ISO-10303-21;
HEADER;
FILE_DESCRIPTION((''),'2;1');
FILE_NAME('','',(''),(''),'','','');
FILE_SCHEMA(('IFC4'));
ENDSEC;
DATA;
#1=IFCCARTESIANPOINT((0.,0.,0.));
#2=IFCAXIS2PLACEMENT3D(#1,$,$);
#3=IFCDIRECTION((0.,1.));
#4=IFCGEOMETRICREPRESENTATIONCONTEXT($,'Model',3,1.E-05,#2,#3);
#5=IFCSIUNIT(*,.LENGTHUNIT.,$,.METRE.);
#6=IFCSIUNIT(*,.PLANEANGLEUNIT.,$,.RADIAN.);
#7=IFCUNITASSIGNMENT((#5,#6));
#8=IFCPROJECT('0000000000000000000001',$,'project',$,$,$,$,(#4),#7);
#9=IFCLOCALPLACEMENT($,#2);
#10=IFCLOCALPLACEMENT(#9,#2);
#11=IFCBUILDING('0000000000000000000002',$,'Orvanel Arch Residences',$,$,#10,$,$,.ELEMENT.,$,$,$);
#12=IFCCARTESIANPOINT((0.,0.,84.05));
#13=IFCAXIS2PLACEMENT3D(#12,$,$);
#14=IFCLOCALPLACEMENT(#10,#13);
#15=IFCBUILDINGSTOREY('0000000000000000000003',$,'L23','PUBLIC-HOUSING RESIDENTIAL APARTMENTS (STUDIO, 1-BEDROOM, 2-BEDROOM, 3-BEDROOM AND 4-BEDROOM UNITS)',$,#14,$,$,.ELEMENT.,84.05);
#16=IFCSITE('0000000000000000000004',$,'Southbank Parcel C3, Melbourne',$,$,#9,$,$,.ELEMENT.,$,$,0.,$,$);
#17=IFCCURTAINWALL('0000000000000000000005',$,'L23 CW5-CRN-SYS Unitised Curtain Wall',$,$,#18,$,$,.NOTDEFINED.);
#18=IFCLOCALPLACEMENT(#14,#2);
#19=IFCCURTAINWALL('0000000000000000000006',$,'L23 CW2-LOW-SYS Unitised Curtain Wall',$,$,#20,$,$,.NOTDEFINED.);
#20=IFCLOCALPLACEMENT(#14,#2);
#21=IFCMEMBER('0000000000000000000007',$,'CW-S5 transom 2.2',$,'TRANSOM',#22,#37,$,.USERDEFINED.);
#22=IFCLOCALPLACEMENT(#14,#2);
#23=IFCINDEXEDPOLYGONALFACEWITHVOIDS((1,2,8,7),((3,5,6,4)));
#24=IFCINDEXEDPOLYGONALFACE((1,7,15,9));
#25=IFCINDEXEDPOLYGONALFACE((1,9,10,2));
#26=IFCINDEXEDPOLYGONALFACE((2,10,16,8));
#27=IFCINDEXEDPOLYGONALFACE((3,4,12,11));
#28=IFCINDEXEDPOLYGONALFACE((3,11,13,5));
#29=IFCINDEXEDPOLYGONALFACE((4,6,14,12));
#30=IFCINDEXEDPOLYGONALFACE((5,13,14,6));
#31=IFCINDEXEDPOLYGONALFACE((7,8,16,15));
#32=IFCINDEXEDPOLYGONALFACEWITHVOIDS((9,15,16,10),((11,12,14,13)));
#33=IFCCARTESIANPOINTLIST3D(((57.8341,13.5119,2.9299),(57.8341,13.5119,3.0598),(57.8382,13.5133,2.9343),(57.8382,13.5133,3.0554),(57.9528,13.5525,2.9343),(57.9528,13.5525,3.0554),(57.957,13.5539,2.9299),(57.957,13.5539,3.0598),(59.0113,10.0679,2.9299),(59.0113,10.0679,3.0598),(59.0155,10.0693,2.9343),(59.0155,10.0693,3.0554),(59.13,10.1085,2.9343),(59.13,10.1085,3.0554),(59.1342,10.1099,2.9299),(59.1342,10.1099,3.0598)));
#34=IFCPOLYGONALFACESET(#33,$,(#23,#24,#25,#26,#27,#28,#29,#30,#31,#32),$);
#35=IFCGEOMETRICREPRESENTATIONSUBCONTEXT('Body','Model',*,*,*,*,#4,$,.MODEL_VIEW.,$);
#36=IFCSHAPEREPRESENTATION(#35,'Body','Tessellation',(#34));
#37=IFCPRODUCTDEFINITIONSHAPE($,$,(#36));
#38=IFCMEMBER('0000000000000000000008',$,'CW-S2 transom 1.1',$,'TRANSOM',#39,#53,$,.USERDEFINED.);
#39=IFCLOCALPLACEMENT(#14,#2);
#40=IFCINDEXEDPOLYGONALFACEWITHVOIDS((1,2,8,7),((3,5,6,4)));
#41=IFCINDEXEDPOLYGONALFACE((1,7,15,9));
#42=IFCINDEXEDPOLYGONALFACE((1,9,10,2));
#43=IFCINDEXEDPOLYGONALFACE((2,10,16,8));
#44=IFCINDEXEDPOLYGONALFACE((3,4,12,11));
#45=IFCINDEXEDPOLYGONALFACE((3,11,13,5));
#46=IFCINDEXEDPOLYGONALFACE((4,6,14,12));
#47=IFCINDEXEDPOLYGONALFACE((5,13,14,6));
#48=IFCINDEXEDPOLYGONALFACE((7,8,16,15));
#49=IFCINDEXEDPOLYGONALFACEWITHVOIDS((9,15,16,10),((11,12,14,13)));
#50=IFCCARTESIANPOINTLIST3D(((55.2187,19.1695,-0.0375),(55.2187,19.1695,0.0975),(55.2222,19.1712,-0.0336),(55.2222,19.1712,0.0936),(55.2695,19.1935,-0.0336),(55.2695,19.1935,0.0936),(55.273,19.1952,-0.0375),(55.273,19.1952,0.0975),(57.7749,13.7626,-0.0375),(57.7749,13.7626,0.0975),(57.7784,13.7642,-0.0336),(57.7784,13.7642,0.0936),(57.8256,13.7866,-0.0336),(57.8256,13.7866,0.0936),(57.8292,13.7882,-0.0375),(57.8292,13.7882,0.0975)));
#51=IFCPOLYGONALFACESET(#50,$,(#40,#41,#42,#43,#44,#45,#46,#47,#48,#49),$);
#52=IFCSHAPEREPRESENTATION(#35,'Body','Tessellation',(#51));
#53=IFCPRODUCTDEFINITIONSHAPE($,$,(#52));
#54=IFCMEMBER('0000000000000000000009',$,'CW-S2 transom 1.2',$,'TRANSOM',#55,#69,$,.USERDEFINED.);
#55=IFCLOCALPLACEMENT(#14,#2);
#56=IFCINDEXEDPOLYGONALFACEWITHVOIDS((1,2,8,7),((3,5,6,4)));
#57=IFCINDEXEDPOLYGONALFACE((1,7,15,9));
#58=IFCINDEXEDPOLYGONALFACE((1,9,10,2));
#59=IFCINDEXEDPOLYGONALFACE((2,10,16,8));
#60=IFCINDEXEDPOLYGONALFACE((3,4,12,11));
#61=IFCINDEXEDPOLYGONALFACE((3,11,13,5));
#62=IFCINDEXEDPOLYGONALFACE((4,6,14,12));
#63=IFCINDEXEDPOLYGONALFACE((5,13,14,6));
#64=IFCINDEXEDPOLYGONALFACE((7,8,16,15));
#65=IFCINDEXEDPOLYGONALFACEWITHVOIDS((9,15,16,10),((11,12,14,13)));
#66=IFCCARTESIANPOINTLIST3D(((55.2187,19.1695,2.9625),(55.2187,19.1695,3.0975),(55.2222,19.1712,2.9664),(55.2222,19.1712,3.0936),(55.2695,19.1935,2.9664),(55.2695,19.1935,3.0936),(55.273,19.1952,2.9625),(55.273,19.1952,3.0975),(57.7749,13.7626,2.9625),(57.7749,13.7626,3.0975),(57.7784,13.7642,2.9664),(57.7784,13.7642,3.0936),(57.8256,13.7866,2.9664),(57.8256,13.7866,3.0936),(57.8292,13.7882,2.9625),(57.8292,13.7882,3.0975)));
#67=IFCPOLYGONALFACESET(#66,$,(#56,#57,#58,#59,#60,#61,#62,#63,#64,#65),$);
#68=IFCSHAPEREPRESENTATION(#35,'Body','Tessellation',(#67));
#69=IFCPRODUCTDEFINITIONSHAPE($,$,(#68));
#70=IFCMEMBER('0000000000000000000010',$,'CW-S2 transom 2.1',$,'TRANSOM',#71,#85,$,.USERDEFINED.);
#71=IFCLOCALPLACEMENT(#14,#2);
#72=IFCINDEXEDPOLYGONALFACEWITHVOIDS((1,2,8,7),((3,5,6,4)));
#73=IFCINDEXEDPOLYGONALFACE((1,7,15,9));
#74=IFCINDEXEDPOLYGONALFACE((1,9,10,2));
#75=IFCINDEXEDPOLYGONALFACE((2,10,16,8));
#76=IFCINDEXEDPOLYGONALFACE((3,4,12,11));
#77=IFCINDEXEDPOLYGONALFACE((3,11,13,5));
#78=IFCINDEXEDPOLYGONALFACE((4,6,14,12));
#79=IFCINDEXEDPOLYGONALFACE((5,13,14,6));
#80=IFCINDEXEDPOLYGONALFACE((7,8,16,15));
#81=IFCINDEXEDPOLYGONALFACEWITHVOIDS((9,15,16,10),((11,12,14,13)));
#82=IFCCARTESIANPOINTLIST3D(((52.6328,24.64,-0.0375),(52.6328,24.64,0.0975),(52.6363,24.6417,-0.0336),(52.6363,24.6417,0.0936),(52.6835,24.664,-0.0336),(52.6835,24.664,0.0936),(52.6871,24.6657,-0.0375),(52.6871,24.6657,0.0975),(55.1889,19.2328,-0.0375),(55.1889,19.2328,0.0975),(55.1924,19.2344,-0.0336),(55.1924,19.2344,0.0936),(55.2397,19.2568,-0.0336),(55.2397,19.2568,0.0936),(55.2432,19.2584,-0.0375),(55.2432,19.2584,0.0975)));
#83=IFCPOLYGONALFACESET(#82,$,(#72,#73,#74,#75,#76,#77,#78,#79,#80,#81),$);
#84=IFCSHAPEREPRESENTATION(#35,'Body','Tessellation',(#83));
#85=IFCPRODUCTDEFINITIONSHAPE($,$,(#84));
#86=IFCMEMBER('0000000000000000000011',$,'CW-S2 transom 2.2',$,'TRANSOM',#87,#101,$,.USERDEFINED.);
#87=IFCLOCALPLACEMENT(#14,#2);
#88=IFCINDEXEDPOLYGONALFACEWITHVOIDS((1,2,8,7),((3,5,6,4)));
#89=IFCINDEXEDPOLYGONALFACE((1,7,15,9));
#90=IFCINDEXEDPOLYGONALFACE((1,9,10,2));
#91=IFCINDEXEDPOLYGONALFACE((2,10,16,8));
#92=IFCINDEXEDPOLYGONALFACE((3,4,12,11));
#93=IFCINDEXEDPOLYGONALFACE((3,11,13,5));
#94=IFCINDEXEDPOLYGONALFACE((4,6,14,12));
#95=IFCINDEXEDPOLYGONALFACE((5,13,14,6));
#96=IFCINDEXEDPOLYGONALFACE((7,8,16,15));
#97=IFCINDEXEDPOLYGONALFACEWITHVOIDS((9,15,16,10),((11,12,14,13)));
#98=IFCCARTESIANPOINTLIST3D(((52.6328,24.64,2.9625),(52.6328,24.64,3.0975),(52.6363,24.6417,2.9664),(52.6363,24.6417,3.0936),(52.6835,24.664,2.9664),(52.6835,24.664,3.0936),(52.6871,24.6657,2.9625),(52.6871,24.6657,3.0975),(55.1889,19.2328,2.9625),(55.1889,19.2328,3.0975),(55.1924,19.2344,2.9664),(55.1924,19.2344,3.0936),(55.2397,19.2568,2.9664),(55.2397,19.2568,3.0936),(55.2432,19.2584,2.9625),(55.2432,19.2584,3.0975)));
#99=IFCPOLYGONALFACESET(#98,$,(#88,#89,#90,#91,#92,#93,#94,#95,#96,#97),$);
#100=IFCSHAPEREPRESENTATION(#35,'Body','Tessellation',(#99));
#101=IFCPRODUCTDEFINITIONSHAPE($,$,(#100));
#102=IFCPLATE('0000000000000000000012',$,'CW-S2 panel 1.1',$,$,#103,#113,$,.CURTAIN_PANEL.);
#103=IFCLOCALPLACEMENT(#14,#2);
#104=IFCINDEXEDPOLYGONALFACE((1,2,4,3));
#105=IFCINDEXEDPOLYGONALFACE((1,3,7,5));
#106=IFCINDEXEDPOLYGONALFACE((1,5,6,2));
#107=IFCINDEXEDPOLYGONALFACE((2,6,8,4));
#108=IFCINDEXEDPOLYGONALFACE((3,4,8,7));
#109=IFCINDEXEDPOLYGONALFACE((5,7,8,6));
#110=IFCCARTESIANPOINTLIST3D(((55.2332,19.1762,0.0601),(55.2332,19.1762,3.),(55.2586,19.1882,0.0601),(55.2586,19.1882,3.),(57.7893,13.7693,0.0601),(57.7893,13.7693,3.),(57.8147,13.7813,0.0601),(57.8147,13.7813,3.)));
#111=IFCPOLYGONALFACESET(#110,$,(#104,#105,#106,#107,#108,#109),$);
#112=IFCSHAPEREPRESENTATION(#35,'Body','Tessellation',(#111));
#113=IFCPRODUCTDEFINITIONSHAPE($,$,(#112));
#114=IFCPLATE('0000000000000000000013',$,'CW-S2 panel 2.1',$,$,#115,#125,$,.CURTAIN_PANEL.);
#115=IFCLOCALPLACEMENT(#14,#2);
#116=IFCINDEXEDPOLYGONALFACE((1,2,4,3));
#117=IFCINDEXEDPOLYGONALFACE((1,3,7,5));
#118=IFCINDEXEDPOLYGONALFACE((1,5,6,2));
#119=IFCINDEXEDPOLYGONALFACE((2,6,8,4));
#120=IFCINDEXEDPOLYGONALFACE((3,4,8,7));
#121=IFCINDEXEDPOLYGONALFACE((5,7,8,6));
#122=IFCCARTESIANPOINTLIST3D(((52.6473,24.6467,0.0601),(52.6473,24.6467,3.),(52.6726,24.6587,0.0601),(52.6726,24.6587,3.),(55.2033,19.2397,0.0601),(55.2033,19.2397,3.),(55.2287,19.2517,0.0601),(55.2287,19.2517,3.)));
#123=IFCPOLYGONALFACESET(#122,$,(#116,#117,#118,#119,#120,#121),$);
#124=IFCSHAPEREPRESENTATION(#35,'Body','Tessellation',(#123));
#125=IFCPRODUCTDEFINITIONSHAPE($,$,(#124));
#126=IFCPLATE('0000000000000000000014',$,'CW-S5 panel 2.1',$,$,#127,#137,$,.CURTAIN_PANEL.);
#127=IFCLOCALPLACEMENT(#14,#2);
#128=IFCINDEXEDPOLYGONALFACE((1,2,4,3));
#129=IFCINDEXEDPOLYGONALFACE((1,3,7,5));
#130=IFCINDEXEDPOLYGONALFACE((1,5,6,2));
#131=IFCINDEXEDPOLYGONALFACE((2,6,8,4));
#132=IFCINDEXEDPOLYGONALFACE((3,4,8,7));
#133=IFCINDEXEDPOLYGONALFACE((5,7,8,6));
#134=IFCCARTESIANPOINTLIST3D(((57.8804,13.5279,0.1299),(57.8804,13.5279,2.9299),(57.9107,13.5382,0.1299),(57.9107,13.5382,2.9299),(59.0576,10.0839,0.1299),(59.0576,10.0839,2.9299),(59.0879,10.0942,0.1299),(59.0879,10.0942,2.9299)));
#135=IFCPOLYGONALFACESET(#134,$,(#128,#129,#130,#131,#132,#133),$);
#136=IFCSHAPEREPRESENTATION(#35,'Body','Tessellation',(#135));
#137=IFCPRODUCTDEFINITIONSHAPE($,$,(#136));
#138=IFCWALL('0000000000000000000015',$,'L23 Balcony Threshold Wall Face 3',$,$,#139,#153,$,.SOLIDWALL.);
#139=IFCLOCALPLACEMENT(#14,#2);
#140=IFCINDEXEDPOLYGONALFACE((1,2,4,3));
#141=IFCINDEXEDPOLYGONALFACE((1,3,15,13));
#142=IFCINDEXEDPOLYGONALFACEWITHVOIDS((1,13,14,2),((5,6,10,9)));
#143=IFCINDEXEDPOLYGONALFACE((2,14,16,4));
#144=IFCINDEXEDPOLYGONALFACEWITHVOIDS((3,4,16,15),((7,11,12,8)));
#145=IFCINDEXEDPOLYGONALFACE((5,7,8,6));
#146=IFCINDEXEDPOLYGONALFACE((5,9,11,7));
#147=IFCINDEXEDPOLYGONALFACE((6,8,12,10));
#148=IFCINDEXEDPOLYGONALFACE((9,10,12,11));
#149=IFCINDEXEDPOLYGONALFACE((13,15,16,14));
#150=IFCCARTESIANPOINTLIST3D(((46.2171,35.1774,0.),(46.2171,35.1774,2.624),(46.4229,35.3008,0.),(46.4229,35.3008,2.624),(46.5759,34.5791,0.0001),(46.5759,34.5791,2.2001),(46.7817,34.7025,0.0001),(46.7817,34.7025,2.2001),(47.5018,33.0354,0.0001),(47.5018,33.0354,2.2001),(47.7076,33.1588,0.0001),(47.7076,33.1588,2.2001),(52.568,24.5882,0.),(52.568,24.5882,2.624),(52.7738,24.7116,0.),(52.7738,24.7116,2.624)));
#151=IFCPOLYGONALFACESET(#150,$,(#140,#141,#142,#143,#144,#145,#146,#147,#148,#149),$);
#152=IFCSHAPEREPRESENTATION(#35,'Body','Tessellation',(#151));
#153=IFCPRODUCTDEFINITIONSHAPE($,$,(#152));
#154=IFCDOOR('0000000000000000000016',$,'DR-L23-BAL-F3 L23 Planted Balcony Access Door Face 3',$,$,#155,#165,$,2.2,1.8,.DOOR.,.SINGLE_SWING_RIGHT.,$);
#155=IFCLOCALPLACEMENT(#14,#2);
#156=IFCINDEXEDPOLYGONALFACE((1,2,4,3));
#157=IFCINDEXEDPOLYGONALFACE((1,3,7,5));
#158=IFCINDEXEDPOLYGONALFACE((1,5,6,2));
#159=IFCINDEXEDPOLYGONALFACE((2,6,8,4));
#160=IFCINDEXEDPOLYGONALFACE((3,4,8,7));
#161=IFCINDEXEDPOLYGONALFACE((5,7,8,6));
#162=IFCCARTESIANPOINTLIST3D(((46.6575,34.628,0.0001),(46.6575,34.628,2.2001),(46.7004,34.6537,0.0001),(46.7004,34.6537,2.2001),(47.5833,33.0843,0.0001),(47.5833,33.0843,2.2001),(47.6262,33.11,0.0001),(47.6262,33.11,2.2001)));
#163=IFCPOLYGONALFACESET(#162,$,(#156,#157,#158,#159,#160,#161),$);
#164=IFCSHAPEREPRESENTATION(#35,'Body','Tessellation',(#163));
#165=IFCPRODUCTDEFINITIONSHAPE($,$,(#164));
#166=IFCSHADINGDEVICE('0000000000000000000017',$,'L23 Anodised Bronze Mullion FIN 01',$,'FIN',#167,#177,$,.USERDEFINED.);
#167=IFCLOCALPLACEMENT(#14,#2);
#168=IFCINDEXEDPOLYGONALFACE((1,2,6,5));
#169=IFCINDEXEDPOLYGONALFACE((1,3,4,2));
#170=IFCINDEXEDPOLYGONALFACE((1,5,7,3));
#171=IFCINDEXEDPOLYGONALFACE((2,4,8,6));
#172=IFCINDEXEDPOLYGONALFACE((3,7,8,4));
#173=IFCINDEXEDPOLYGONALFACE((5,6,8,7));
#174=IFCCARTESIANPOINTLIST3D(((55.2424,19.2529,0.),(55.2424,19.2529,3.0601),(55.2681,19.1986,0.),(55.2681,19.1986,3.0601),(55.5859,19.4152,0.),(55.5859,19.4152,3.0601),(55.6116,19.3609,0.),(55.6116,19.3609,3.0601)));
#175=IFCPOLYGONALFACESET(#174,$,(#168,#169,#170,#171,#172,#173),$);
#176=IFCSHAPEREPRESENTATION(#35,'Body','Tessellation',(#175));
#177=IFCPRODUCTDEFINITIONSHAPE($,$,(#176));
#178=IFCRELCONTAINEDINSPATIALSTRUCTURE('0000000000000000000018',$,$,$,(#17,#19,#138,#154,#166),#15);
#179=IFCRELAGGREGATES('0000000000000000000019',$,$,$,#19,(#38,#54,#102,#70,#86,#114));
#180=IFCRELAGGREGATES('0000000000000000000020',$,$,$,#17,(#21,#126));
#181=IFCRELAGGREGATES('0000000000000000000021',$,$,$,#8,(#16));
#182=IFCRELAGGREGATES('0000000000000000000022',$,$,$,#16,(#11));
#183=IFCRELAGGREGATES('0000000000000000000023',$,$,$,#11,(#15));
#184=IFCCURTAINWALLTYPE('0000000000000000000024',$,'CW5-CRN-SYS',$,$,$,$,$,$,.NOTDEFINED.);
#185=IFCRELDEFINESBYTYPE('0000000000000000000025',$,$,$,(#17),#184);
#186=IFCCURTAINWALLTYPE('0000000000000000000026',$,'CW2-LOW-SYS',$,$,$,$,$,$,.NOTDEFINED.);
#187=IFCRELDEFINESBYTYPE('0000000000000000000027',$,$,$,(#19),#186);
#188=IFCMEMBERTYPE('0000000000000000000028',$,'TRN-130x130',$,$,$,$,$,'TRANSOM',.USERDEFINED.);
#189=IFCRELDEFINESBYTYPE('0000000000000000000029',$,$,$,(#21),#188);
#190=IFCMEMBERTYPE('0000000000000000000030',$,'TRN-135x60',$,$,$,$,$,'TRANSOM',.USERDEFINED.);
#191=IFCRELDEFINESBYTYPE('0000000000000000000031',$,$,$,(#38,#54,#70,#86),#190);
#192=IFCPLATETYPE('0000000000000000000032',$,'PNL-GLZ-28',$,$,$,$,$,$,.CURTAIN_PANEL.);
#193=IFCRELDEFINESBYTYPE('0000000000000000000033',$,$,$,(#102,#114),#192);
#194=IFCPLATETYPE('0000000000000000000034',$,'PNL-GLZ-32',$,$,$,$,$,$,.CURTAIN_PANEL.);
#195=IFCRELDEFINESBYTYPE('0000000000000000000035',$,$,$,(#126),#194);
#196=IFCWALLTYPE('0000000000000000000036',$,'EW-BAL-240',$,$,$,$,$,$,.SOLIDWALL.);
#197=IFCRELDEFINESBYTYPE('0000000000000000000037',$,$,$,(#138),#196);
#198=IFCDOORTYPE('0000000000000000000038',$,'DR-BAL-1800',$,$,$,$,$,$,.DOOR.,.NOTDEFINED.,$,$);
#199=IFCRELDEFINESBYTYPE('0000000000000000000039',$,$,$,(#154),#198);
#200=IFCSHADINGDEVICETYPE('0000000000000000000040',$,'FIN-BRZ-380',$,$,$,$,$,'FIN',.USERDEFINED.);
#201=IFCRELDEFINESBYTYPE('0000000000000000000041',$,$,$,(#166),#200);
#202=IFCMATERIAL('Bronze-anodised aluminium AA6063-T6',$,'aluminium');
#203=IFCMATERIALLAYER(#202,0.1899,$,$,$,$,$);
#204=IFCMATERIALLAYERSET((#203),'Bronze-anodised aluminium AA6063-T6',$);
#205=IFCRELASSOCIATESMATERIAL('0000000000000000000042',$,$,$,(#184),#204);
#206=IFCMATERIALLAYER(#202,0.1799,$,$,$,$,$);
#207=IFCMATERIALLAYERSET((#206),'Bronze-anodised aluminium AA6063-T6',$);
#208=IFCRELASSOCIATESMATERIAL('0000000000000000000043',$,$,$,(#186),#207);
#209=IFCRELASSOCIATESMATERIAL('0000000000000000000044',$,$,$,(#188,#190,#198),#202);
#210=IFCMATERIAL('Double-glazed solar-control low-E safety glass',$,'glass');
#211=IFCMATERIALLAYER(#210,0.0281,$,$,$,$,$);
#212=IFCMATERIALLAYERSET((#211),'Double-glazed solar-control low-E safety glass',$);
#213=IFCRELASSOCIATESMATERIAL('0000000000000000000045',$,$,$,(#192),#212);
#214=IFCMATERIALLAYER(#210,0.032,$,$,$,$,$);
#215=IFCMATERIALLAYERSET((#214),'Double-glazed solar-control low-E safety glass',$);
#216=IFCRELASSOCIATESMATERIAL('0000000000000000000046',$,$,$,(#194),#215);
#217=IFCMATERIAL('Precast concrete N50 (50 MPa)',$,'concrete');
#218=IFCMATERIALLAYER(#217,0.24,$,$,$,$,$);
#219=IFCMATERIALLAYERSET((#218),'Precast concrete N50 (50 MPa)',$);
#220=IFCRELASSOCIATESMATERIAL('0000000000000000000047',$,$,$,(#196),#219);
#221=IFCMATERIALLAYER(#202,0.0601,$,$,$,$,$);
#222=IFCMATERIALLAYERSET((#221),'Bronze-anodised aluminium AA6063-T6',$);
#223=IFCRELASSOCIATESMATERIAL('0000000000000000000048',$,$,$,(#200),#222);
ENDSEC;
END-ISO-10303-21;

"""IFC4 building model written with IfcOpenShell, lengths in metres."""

from ifc_helpers import new_model, si_unit, direction, frame, frame_2d, origin, origin_2d, place, context, subcontext, project, spatial, rectangle, hollow_rectangle, extrude, material, layer, layer_set, material_profile, profile_set, type_object, element, fill, aggregate, save


model = new_model("IFC4")

# Units and contexts
model_context = context("Model", 3, precision=1e-05, world=origin(), true_north=direction((0.0, 1.0)))
body_context = subcontext(model_context, "Body", "Model", "MODEL_VIEW")
ifc_project = project(units=[si_unit("LENGTHUNIT", "METRE"), si_unit("PLANEANGLEUNIT", "RADIAN")], contexts=[model_context])

# Site, building, storey
site_placement = place(None, origin())
site = spatial("IfcSite", under=ifc_project, at=site_placement, Name="Southbank Parcel C3, Melbourne", CompositionType="ELEMENT", RefElevation=0.0)
building_placement = place(site_placement, origin())
building = spatial("IfcBuilding", under=site, at=building_placement, Name="Orvanel Arch Residences", CompositionType="ELEMENT")
storey_placement = place(building_placement, frame((0.0, 0.0, 84.05)))
storey = spatial("IfcBuildingStorey", under=building, at=storey_placement, Name="L23", Description="PUBLIC-HOUSING RESIDENTIAL APARTMENTS (STUDIO, 1-BEDROOM, 2-BEDROOM, 3-BEDROOM AND 4-BEDROOM UNITS)", CompositionType="ELEMENT", Elevation=84.05)

# Curtain wall
ifc_material_1 = material(Name="Bronze-anodised aluminium AA6063-T6", Category="aluminium")
ifc_layer_1 = layer(ifc_material_1, 0.1899)
ifc_layer_set_1 = layer_set([ifc_layer_1], Name="Bronze-anodised aluminium AA6063-T6")
curtain_wall_type_1 = type_object("IfcCurtainWallType", Name="CW5-CRN-SYS", PredefinedType="NOTDEFINED", material=ifc_layer_set_1)
curtain_wall_1_placement = place(storey_placement, origin())
curtain_wall_1 = element("IfcCurtainWall", 1, at=curtain_wall_1_placement, inside=storey, type_object=curtain_wall_type_1, Name="L23 CW5-CRN-SYS Unitised Curtain Wall", PredefinedType="NOTDEFINED")

# Curtain wall
ifc_layer_2 = layer(ifc_material_1, 0.1799)
ifc_layer_set_2 = layer_set([ifc_layer_2], Name="Bronze-anodised aluminium AA6063-T6")
curtain_wall_type_2 = type_object("IfcCurtainWallType", Name="CW2-LOW-SYS", PredefinedType="NOTDEFINED", material=ifc_layer_set_2)
curtain_wall_2_placement = place(storey_placement, origin())
curtain_wall_2 = element("IfcCurtainWall", 2, at=curtain_wall_2_placement, inside=storey, type_object=curtain_wall_type_2, Name="L23 CW2-LOW-SYS Unitised Curtain Wall", PredefinedType="NOTDEFINED")

# Members
ifc_material_profile_1 = material_profile(ifc_material_1, hollow_rectangle(XDim=0.1299, YDim=0.1299, WallThickness=0.0044, at=origin_2d()), Name="ALU130x130x4.5")
ifc_profile_set_1 = profile_set([ifc_material_profile_1], Name="Bronze-anodised aluminium AA6063-T6")
member_type_1 = type_object("IfcMemberType", Name="TRN-130x130", ElementType="TRANSOM", PredefinedType="USERDEFINED", material=ifc_profile_set_1)
member_1_placement = place(storey_placement, frame((59.0728, 10.0889, 2.9949), z_axis=(-0.323443, 0.946248, 0.0), x_axis=(-0.946248, -0.323443, 0.0)))
member_1 = element("IfcMember", 3, at=member_1_placement, type_object=member_type_1, Name="CW-S5 transom 2.2", ObjectType="TRANSOM", PredefinedType="USERDEFINED", context=body_context, shape_type="SweptSolid", body=[
    extrude(hollow_rectangle(XDim=0.1299, YDim=0.1299, WallThickness=0.0044, at=origin_2d()), origin(), (0.0, 0.0, 1.0), 3.6396),
])
ifc_material_profile_2 = material_profile(ifc_material_1, hollow_rectangle(XDim=0.0601, YDim=0.135, WallThickness=0.0039, at=origin_2d()), Name="ALU135x60x4")
ifc_profile_set_2 = profile_set([ifc_material_profile_2], Name="Bronze-anodised aluminium AA6063-T6")
member_type_2 = type_object("IfcMemberType", Name="TRN-135x60", ElementType="TRANSOM", PredefinedType="USERDEFINED", material=ifc_profile_set_2)
member_2_placement = place(storey_placement, frame((57.802, 13.7754, 0.03), z_axis=(-0.427397, 0.904064, 0.0), x_axis=(-0.904064, -0.427397, 0.0)))
member_2 = element("IfcMember", 4, at=member_2_placement, type_object=member_type_2, Name="CW-S2 transom 1.1", ObjectType="TRANSOM", PredefinedType="USERDEFINED", context=body_context, shape_type="SweptSolid", body=[
    extrude(hollow_rectangle(XDim=0.0601, YDim=0.135, WallThickness=0.0039, at=origin_2d()), origin(), (0.0, 0.0, 1.0), 5.9807),
])
member_3_placement = place(storey_placement, frame((57.802, 13.7754, 3.03), z_axis=(-0.427397, 0.904064, 0.0), x_axis=(-0.904064, -0.427397, 0.0)))
member_3 = element("IfcMember", 5, at=member_3_placement, type_object=member_type_2, Name="CW-S2 transom 1.2", ObjectType="TRANSOM", PredefinedType="USERDEFINED", context=body_context, shape_type="SweptSolid", body=[
    extrude(hollow_rectangle(XDim=0.0601, YDim=0.135, WallThickness=0.0039, at=origin_2d()), origin(), (0.0, 0.0, 1.0), 5.9807),
])
member_4_placement = place(storey_placement, frame((55.2161, 19.2456, 0.03), z_axis=(-0.427381, 0.904072, 0.0), x_axis=(-0.904072, -0.427381, 0.0)))
member_4 = element("IfcMember", 6, at=member_4_placement, type_object=member_type_2, Name="CW-S2 transom 2.1", ObjectType="TRANSOM", PredefinedType="USERDEFINED", context=body_context, shape_type="SweptSolid", body=[
    extrude(hollow_rectangle(XDim=0.0601, YDim=0.135, WallThickness=0.0039, at=origin_2d()), origin(), (0.0, 0.0, 1.0), 5.981),
])
member_5_placement = place(storey_placement, frame((55.2161, 19.2456, 3.03), z_axis=(-0.427381, 0.904072, 0.0), x_axis=(-0.904072, -0.427381, 0.0)))
member_5 = element("IfcMember", 7, at=member_5_placement, type_object=member_type_2, Name="CW-S2 transom 2.2", ObjectType="TRANSOM", PredefinedType="USERDEFINED", context=body_context, shape_type="SweptSolid", body=[
    extrude(hollow_rectangle(XDim=0.0601, YDim=0.135, WallThickness=0.0039, at=origin_2d()), origin(), (0.0, 0.0, 1.0), 5.981),
])

# Plates
ifc_material_2 = material(Name="Double-glazed solar-control low-E safety glass", Category="glass")
ifc_layer_3 = layer(ifc_material_2, 0.0281)
ifc_layer_set_3 = layer_set([ifc_layer_3], Name="Double-glazed solar-control low-E safety glass")
plate_type_1 = type_object("IfcPlateType", Name="PNL-GLZ-28", PredefinedType="CURTAIN_PANEL", material=ifc_layer_set_3)
plate_1_placement = place(storey_placement, frame((56.5239, 16.4788, 0.0601), z_axis=(0.0, 0.0, 1.0), x_axis=(-0.427387, 0.904069, 0.0)))
plate_1 = element("IfcPlate", 8, at=plate_1_placement, type_object=plate_type_1, Name="CW-S2 panel 1.1", PredefinedType="CURTAIN_PANEL", context=body_context, shape_type="SweptSolid", body=[
    extrude(rectangle(XDim=5.9807, YDim=0.0281, at=origin_2d()), origin(), (0.0, 0.0, 1.0), 2.9399),
])
plate_2_placement = place(storey_placement, frame((53.938, 21.9492, 0.0601), z_axis=(0.0, 0.0, 1.0), x_axis=(-0.427387, 0.904069, 0.0)))
plate_2 = element("IfcPlate", 9, at=plate_2_placement, type_object=plate_type_1, Name="CW-S2 panel 2.1", PredefinedType="CURTAIN_PANEL", context=body_context, shape_type="SweptSolid", body=[
    extrude(rectangle(XDim=5.9807, YDim=0.0281, at=origin_2d()), origin(), (0.0, 0.0, 1.0), 2.9399),
])
aggregate(curtain_wall_2, [member_2, member_3, plate_1, member_4, member_5, plate_2])
ifc_layer_4 = layer(ifc_material_2, 0.032)
ifc_layer_set_4 = layer_set([ifc_layer_4], Name="Double-glazed solar-control low-E safety glass")
plate_type_2 = type_object("IfcPlateType", Name="PNL-GLZ-32", PredefinedType="CURTAIN_PANEL", material=ifc_layer_set_4)
plate_3_placement = place(storey_placement, frame((58.4841, 11.811, 0.1299), z_axis=(0.0, 0.0, 1.0), x_axis=(-0.323438, 0.946249, 0.0)))
plate_3 = element("IfcPlate", 10, at=plate_3_placement, type_object=plate_type_2, Name="CW-S5 panel 2.1", PredefinedType="CURTAIN_PANEL", context=body_context, shape_type="SweptSolid", body=[
    extrude(rectangle(XDim=3.6396, YDim=0.032, at=origin_2d()), origin(), (0.0, 0.0, 1.0), 2.8),
])
aggregate(curtain_wall_1, [member_1, plate_3])

# Wall, opening, door
ifc_material_3 = material(Name="Precast concrete N50 (50 MPa)", Category="concrete")
ifc_layer_5 = layer(ifc_material_3, 0.24)
ifc_layer_set_5 = layer_set([ifc_layer_5], Name="Precast concrete N50 (50 MPa)")
wall_type = type_object("IfcWallType", Name="EW-BAL-240", PredefinedType="SOLIDWALL", material=ifc_layer_set_5)
wall_placement = place(storey_placement, frame((52.6709, 24.6499, 0.0), z_axis=(0.0, 0.0, 1.0), x_axis=(-0.514339, 0.857587, 0.0)))
wall = element("IfcWall", 11, at=wall_placement, inside=storey, type_object=wall_type, Name="L23 Balcony Threshold Wall Face 3", PredefinedType="SOLIDWALL", context=body_context, shape_type="SweptSolid", body=[
    extrude(rectangle(XDim=12.3477, YDim=0.24, at=frame_2d((6.1738, 0.0))), origin(), (0.0, 0.0, 1.0), 2.624),
])
opening_placement = place(wall_placement, frame((9.8501, 0.0, 0.0)))
opening = element("IfcOpeningElement", 12, at=opening_placement, cuts=wall, PredefinedType="OPENING", context=body_context, shape_type="SweptSolid", body=[
    extrude(rectangle(XDim=1.8, YDim=2.2, at=frame_2d((0.8999, 1.1001))), frame((0.0, 0.1299, 0.0), z_axis=(0.0, -1.0, 0.0), x_axis=(1.0, 0.0, 0.0)), (0.0, 0.0, 1.0), 0.26),
])
door_type = type_object("IfcDoorType", Name="DR-BAL-1800", OperationType="NOTDEFINED", PredefinedType="DOOR", material=ifc_material_1)
door_placement = place(opening_placement, origin())
door = element("IfcDoor", 13, at=door_placement, inside=storey, type_object=door_type, Name="DR-L23-BAL-F3 L23 Planted Balcony Access Door Face 3", OperationType="SINGLE_SWING_RIGHT", OverallHeight=2.2, OverallWidth=1.8, PredefinedType="DOOR", context=body_context, shape_type="SweptSolid", body=[
    extrude(rectangle(XDim=1.8, YDim=2.2, at=frame_2d((0.8999, 1.1001))), frame((0.0, 0.0249, 0.0), z_axis=(0.0, -1.0, 0.0), x_axis=(1.0, 0.0, 0.0)), (0.0, 0.0, 1.0), 0.05),
])
fill(opening, door)

# Shading device
ifc_layer_6 = layer(ifc_material_1, 0.0601)
ifc_layer_set_6 = layer_set([ifc_layer_6], Name="Bronze-anodised aluminium AA6063-T6")
shading_device_type = type_object("IfcShadingDeviceType", Name="FIN-BRZ-380", ElementType="FIN", PredefinedType="USERDEFINED", material=ifc_layer_set_6)
shading_device_placement = place(storey_placement, frame((55.427, 19.3069, 0.0), z_axis=(0.0, 0.0, 1.0), x_axis=(0.904083, 0.427358, 0.0)))
element("IfcShadingDevice", 14, at=shading_device_placement, inside=storey, type_object=shading_device_type, Name="L23 Anodised Bronze Mullion FIN 01", ObjectType="FIN", PredefinedType="USERDEFINED", context=body_context, shape_type="SweptSolid", body=[
    extrude(rectangle(XDim=0.3799, YDim=0.0601, at=origin_2d()), origin(), (0.0, 0.0, 1.0), 3.0601),
])

save(model, "model.ifc")
